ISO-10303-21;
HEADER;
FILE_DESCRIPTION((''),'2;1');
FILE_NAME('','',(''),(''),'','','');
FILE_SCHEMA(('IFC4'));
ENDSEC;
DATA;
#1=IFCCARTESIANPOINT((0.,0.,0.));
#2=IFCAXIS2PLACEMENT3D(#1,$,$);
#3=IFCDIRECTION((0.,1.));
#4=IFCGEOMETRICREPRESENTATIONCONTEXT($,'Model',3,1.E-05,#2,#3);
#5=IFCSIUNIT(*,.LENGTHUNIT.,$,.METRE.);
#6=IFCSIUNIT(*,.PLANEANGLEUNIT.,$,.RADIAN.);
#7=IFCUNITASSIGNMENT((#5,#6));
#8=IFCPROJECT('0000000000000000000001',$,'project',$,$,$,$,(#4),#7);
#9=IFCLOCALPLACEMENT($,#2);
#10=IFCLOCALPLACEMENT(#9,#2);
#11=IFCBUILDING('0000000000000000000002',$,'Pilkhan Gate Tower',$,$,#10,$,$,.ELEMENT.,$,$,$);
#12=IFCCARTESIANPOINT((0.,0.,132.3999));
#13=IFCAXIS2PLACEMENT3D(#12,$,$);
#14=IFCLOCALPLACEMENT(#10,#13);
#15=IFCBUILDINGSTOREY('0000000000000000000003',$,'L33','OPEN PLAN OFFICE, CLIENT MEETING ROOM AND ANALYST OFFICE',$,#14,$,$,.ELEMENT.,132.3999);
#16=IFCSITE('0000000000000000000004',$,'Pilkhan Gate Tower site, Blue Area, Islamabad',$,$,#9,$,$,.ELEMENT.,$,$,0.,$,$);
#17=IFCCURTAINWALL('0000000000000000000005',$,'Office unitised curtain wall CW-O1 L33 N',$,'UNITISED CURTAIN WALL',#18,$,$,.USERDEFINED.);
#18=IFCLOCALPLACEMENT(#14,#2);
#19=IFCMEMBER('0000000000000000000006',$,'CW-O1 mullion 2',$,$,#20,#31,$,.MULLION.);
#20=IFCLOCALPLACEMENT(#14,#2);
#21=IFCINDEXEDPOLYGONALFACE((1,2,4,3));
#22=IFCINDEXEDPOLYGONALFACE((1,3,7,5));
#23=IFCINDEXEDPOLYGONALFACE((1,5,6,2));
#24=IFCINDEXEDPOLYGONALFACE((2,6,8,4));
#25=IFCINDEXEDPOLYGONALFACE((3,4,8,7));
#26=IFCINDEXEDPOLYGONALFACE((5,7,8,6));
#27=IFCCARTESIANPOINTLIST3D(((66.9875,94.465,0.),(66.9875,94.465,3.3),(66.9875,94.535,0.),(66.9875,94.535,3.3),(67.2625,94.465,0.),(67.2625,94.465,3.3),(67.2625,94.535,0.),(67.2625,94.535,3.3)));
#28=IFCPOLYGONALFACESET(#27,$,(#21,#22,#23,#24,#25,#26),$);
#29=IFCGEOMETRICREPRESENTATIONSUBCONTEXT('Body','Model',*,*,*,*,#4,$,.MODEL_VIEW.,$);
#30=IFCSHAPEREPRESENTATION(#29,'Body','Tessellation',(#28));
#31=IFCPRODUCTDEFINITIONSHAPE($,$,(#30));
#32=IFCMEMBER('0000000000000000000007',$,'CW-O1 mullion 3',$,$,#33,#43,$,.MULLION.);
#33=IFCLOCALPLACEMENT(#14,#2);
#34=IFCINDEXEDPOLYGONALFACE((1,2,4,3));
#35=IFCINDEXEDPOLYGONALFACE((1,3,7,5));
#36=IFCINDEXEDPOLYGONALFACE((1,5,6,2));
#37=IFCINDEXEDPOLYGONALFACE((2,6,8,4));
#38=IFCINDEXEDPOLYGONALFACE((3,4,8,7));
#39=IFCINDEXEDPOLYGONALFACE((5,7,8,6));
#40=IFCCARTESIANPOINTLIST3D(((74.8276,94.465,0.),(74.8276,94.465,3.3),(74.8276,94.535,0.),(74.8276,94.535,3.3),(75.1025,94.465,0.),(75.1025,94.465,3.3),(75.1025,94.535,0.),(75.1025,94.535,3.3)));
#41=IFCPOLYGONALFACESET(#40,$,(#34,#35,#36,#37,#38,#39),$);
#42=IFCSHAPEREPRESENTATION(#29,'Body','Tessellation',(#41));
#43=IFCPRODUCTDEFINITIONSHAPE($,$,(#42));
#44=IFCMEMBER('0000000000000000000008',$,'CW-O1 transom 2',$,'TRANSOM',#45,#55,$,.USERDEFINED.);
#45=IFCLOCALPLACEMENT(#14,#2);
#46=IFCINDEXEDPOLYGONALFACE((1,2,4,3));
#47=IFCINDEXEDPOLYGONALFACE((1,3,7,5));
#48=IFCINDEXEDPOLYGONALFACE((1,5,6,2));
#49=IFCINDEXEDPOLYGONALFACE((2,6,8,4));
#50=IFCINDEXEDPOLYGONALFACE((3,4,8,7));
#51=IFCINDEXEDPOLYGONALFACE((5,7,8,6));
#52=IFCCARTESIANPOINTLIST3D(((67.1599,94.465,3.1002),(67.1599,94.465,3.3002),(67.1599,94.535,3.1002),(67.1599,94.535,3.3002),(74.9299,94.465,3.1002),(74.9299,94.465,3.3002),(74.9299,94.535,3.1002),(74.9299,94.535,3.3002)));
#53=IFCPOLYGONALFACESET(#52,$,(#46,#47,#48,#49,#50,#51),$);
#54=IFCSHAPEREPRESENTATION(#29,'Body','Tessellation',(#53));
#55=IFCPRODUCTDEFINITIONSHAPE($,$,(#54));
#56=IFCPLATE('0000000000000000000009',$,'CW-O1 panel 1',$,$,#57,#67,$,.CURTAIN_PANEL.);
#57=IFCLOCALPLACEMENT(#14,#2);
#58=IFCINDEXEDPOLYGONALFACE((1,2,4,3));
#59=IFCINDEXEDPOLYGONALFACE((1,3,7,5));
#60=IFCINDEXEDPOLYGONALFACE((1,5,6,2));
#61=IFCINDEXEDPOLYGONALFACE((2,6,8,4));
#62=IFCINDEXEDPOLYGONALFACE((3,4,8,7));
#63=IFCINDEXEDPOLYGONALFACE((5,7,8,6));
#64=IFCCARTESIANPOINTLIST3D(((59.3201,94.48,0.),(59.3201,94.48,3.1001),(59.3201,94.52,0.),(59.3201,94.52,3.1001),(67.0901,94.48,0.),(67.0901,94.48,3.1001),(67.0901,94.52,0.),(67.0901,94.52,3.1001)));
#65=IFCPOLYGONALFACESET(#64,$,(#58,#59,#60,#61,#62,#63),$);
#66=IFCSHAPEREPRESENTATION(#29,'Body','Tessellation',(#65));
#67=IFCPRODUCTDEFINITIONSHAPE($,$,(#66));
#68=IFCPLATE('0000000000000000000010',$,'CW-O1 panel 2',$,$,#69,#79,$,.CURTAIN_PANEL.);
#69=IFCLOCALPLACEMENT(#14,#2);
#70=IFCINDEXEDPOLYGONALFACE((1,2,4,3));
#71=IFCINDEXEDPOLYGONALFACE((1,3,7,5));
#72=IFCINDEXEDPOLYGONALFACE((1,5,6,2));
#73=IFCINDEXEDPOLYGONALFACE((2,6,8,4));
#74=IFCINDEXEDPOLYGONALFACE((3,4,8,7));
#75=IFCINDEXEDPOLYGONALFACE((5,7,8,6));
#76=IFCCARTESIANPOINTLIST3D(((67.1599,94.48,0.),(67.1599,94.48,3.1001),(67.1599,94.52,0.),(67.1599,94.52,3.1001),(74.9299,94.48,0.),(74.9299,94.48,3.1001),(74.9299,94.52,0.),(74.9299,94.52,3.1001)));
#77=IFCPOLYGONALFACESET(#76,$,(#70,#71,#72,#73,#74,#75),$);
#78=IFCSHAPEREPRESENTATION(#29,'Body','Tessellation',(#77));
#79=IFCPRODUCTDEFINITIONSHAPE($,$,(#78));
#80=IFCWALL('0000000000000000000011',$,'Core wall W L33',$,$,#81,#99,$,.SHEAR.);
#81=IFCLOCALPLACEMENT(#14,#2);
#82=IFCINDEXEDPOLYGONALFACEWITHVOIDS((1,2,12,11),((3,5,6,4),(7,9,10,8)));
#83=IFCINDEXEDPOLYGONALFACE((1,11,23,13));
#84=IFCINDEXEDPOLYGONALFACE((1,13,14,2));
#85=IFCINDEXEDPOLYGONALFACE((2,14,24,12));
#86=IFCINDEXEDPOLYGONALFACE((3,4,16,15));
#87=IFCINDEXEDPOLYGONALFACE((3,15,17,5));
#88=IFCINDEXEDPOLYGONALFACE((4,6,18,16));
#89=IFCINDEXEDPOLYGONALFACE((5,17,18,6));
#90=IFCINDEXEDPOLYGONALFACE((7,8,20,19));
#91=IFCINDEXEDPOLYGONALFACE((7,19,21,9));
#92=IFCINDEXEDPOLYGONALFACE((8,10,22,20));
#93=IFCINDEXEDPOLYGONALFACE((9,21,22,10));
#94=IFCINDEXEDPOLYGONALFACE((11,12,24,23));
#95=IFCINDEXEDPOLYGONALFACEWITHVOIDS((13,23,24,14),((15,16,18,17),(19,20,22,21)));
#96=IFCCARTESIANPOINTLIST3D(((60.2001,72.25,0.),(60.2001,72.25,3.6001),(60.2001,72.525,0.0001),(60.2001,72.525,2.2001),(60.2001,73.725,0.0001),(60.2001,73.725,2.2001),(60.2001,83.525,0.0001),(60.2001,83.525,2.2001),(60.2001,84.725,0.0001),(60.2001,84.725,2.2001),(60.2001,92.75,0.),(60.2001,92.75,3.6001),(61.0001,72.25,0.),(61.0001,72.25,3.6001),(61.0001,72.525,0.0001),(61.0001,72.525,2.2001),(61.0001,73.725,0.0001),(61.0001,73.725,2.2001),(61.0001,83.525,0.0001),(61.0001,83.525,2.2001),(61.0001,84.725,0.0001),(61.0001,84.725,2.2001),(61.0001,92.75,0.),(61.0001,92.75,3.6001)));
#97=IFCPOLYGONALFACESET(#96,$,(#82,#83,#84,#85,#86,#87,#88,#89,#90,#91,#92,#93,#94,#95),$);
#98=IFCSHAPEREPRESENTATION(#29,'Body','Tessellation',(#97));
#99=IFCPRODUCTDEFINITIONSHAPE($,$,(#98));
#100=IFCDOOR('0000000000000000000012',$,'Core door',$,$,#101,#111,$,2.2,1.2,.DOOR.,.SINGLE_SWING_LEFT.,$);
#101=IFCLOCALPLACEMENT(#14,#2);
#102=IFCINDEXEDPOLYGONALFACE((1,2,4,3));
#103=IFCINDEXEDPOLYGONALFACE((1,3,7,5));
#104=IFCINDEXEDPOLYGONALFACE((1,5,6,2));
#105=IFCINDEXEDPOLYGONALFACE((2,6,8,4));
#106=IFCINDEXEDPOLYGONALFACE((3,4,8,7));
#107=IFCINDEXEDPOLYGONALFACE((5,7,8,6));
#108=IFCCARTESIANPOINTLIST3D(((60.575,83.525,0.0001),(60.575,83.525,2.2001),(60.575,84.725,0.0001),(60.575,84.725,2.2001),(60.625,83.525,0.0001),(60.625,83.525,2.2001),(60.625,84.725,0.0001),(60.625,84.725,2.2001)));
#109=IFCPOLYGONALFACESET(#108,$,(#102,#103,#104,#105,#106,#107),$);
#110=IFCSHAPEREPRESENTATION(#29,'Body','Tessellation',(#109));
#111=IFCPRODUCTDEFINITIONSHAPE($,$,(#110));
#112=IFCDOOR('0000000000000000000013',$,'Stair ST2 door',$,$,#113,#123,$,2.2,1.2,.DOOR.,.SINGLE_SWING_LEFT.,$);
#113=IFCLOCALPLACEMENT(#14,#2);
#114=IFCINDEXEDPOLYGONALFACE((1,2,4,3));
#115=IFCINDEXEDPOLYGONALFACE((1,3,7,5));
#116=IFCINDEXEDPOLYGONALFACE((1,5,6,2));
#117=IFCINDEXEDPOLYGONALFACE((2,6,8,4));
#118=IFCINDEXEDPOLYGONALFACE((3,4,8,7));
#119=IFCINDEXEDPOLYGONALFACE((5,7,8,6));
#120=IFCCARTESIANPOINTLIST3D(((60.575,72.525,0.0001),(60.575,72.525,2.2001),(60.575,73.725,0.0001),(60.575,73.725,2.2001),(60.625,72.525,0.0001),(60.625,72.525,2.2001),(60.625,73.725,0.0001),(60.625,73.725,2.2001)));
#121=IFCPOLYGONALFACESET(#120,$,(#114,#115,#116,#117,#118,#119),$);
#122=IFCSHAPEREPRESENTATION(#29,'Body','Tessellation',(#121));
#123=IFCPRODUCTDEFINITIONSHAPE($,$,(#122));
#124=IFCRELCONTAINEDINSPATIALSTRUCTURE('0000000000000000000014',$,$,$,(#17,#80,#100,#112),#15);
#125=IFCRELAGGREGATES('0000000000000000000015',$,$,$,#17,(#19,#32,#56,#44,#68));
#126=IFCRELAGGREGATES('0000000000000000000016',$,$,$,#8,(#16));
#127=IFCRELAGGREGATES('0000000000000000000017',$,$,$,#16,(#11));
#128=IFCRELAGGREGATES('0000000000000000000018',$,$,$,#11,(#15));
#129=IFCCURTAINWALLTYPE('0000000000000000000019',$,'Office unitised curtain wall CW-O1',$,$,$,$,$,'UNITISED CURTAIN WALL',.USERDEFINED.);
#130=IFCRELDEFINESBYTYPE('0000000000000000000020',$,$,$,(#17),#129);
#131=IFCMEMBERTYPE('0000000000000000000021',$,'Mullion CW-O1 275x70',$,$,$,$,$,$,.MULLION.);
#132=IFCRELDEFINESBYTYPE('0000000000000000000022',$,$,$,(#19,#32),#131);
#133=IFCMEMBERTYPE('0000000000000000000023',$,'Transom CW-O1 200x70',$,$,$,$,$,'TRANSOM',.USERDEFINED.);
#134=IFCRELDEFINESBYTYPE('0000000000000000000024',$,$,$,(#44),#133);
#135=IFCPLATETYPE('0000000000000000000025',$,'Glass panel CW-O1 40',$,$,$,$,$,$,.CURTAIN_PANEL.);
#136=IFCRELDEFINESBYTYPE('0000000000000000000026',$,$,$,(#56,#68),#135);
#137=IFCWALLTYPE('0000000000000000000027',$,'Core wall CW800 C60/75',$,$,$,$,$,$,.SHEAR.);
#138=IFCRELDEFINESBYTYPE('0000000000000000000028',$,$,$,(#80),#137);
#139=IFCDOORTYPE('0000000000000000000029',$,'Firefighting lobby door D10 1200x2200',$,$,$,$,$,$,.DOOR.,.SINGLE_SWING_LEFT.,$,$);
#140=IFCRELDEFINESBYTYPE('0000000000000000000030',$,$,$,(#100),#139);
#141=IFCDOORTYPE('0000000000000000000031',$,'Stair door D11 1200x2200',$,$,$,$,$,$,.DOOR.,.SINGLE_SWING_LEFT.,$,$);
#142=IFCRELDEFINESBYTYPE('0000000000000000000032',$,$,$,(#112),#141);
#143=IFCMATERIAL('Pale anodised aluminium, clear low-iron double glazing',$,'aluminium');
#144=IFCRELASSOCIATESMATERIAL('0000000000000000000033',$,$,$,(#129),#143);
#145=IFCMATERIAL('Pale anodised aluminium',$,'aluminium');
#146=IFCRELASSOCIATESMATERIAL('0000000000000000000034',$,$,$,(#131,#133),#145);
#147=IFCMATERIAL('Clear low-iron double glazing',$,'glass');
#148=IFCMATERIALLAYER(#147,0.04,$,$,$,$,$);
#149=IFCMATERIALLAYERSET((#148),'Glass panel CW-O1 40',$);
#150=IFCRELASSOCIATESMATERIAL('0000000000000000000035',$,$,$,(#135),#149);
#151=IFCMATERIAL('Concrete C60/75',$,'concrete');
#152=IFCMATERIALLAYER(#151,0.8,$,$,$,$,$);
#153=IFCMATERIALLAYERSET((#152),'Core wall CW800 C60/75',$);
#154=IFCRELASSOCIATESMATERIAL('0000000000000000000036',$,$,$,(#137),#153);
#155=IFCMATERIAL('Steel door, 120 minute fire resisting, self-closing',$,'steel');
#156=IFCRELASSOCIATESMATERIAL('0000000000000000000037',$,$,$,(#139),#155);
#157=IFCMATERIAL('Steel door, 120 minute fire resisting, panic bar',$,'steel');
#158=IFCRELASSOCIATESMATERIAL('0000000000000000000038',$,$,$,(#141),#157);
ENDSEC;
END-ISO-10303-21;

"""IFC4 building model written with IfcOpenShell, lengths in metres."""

from ifc_helpers import new_model, si_unit, direction, frame, frame_2d, origin, origin_2d, place, context, subcontext, project, spatial, rectangle, extrude, material, layer, layer_set, material_profile, profile_set, type_object, element, fill, aggregate, save


model = new_model("IFC4")

# Units and contexts
model_context = context("Model", 3, precision=1e-05, world=origin(), true_north=direction((0.0, 1.0)))
body_context = subcontext(model_context, "Body", "Model", "MODEL_VIEW")
ifc_project = project(units=[si_unit("LENGTHUNIT", "METRE"), si_unit("PLANEANGLEUNIT", "RADIAN")], contexts=[model_context])

# Site, building, storey
site_placement = place(None, origin())
site = spatial("IfcSite", under=ifc_project, at=site_placement, Name="Pilkhan Gate Tower site, Blue Area, Islamabad", CompositionType="ELEMENT", RefElevation=0.0)
building_placement = place(site_placement, origin())
building = spatial("IfcBuilding", under=site, at=building_placement, Name="Pilkhan Gate Tower", CompositionType="ELEMENT")
storey_placement = place(building_placement, frame((0.0, 0.0, 132.3999)))
storey = spatial("IfcBuildingStorey", under=building, at=storey_placement, Name="L33", Description="OPEN PLAN OFFICE, CLIENT MEETING ROOM AND ANALYST OFFICE", CompositionType="ELEMENT", Elevation=132.3999)

# Curtain wall, members, plates
ifc_material_1 = material(Name="Pale anodised aluminium, clear low-iron double glazing", Category="aluminium")
curtain_wall_type = type_object("IfcCurtainWallType", Name="Office unitised curtain wall CW-O1", ElementType="UNITISED CURTAIN WALL", PredefinedType="USERDEFINED", material=ifc_material_1)
curtain_wall_placement = place(storey_placement, origin())
curtain_wall = element("IfcCurtainWall", 1, at=curtain_wall_placement, inside=storey, type_object=curtain_wall_type, Name="Office unitised curtain wall CW-O1 L33 N", ObjectType="UNITISED CURTAIN WALL", PredefinedType="USERDEFINED")
ifc_material_2 = material(Name="Pale anodised aluminium", Category="aluminium")
ifc_material_profile_1 = material_profile(ifc_material_2, rectangle(XDim=0.0701, YDim=0.2749, at=origin_2d()), Name="Mullion 275x70")
ifc_profile_set_1 = profile_set([ifc_material_profile_1], Name="Pale anodised aluminium")
member_type_1 = type_object("IfcMemberType", Name="Mullion CW-O1 275x70", PredefinedType="MULLION", material=ifc_profile_set_1)
member_1_placement = place(storey_placement, frame((67.125, 94.5, 0.0), z_axis=(0.0, 0.0, 1.0), x_axis=(0.0, 1.0, 0.0)))
member_1 = element("IfcMember", 2, at=member_1_placement, type_object=member_type_1, Name="CW-O1 mullion 2", PredefinedType="MULLION", context=body_context, shape_type="SweptSolid", body=[
    extrude(rectangle(XDim=0.0701, YDim=0.2749, at=origin_2d()), origin(), (0.0, 0.0, 1.0), 3.3),
])
member_2_placement = place(storey_placement, frame((74.9651, 94.5, 0.0), z_axis=(0.0, 0.0, 1.0), x_axis=(0.0, 1.0, 0.0)))
member_2 = element("IfcMember", 3, at=member_2_placement, type_object=member_type_1, Name="CW-O1 mullion 3", PredefinedType="MULLION", context=body_context, shape_type="SweptSolid", body=[
    extrude(rectangle(XDim=0.0701, YDim=0.2749, at=origin_2d()), origin(), (0.0, 0.0, 1.0), 3.3),
])
ifc_material_profile_2 = material_profile(ifc_material_2, rectangle(XDim=0.0701, YDim=0.2, at=origin_2d()), Name="Transom 200x70")
ifc_profile_set_2 = profile_set([ifc_material_profile_2], Name="Pale anodised aluminium")
member_type_2 = type_object("IfcMemberType", Name="Transom CW-O1 200x70", ElementType="TRANSOM", PredefinedType="USERDEFINED", material=ifc_profile_set_2)
member_3_placement = place(storey_placement, frame((67.1599, 94.5, 3.2002), z_axis=(1.0, 0.0, 0.0), x_axis=(0.0, 1.0, 0.0)))
member_3 = element("IfcMember", 4, at=member_3_placement, type_object=member_type_2, Name="CW-O1 transom 2", ObjectType="TRANSOM", PredefinedType="USERDEFINED", context=body_context, shape_type="SweptSolid", body=[
    extrude(rectangle(XDim=0.0701, YDim=0.2, at=origin_2d()), origin(), (0.0, 0.0, 1.0), 7.77),
])
ifc_material_3 = material(Name="Clear low-iron double glazing", Category="glass")
ifc_layer_1 = layer(ifc_material_3, 0.04)
ifc_layer_set_1 = layer_set([ifc_layer_1], Name="Glass panel CW-O1 40")
plate_type = type_object("IfcPlateType", Name="Glass panel CW-O1 40", PredefinedType="CURTAIN_PANEL", material=ifc_layer_set_1)
plate_1_placement = place(storey_placement, frame((63.2051, 94.5, 0.0), z_axis=(0.0, 0.0, 1.0), x_axis=(1.0, 0.0, 0.0)))
plate_1 = element("IfcPlate", 5, at=plate_1_placement, type_object=plate_type, Name="CW-O1 panel 1", PredefinedType="CURTAIN_PANEL", context=body_context, shape_type="SweptSolid", body=[
    extrude(rectangle(XDim=7.77, YDim=0.04, at=origin_2d()), origin(), (0.0, 0.0, 1.0), 3.1001),
])
plate_2_placement = place(storey_placement, frame((71.0449, 94.5, 0.0), z_axis=(0.0, 0.0, 1.0), x_axis=(1.0, 0.0, 0.0)))
plate_2 = element("IfcPlate", 6, at=plate_2_placement, type_object=plate_type, Name="CW-O1 panel 2", PredefinedType="CURTAIN_PANEL", context=body_context, shape_type="SweptSolid", body=[
    extrude(rectangle(XDim=7.77, YDim=0.04, at=origin_2d()), origin(), (0.0, 0.0, 1.0), 3.1001),
])
aggregate(curtain_wall, [member_1, member_2, plate_1, member_3, plate_2])

# Wall, openings, doors
ifc_material_4 = material(Name="Concrete C60/75", Category="concrete")
ifc_layer_2 = layer(ifc_material_4, 0.8)
ifc_layer_set_2 = layer_set([ifc_layer_2], Name="Core wall CW800 C60/75")
wall_type_1 = type_object("IfcWallType", Name="Core wall CW800 C60/75", PredefinedType="SHEAR", material=ifc_layer_set_2)
wall_1_placement = place(storey_placement, frame((60.6001, 92.75, 0.0), z_axis=(0.0, 0.0, 1.0), x_axis=(0.0, -1.0, 0.0)))
wall_1 = element("IfcWall", 7, at=wall_1_placement, inside=storey, type_object=wall_type_1, Name="Core wall W L33", PredefinedType="SHEAR", context=body_context, shape_type="SweptSolid", body=[
    extrude(rectangle(XDim=20.5, YDim=0.8, at=frame_2d((10.25, 0.0))), origin(), (0.0, 0.0, 1.0), 3.6001),
])
opening_1_placement = place(wall_1_placement, frame((19.0249, 0.0, 0.0)))
opening_1 = element("IfcOpeningElement", 8, at=opening_1_placement, cuts=wall_1, PredefinedType="OPENING", context=body_context, shape_type="SweptSolid", body=[
    extrude(rectangle(XDim=1.2, YDim=2.2, at=frame_2d((0.6001, 1.1001))), frame((0.0, 0.4099, 0.0), z_axis=(0.0, -1.0, 0.0), x_axis=(1.0, 0.0, 0.0)), (0.0, 0.0, 1.0), 0.8201),
])
opening_2_placement = place(wall_1_placement, frame((8.0249, 0.0, 0.0)))
opening_2 = element("IfcOpeningElement", 9, at=opening_2_placement, cuts=wall_1, PredefinedType="OPENING", context=body_context, shape_type="SweptSolid", body=[
    extrude(rectangle(XDim=1.2, YDim=2.2, at=frame_2d((0.6001, 1.1001))), frame((0.0, 0.4099, 0.0), z_axis=(0.0, -1.0, 0.0), x_axis=(1.0, 0.0, 0.0)), (0.0, 0.0, 1.0), 0.8201),
])
ifc_material_5 = material(Name="Steel door, 120 minute fire resisting, self-closing", Category="steel")
door_type_1 = type_object("IfcDoorType", Name="Firefighting lobby door D10 1200x2200", OperationType="SINGLE_SWING_LEFT", PredefinedType="DOOR", material=ifc_material_5)
door_1_placement = place(opening_2_placement, origin())
door_1 = element("IfcDoor", 10, at=door_1_placement, inside=storey, type_object=door_type_1, Name="Core door", OperationType="SINGLE_SWING_LEFT", OverallHeight=2.2, OverallWidth=1.2, PredefinedType="DOOR", context=body_context, shape_type="SweptSolid", body=[
    extrude(rectangle(XDim=1.2, YDim=2.2, at=frame_2d((0.6001, 1.1001))), frame((0.0, 0.0249, 0.0), z_axis=(0.0, -1.0, 0.0), x_axis=(1.0, 0.0, 0.0)), (0.0, 0.0, 1.0), 0.05),
])
fill(opening_2, door_1)
ifc_material_6 = material(Name="Steel door, 120 minute fire resisting, panic bar", Category="steel")
door_type_2 = type_object("IfcDoorType", Name="Stair door D11 1200x2200", OperationType="SINGLE_SWING_LEFT", PredefinedType="DOOR", material=ifc_material_6)
door_2_placement = place(opening_1_placement, origin())
door_2 = element("IfcDoor", 11, at=door_2_placement, inside=storey, type_object=door_type_2, Name="Stair ST2 door", OperationType="SINGLE_SWING_LEFT", OverallHeight=2.2, OverallWidth=1.2, PredefinedType="DOOR", context=body_context, shape_type="SweptSolid", body=[
    extrude(rectangle(XDim=1.2, YDim=2.2, at=frame_2d((0.6001, 1.1001))), frame((0.0, 0.0249, 0.0), z_axis=(0.0, -1.0, 0.0), x_axis=(1.0, 0.0, 0.0)), (0.0, 0.0, 1.0), 0.05),
])
fill(opening_1, door_2)

save(model, "model.ifc")
